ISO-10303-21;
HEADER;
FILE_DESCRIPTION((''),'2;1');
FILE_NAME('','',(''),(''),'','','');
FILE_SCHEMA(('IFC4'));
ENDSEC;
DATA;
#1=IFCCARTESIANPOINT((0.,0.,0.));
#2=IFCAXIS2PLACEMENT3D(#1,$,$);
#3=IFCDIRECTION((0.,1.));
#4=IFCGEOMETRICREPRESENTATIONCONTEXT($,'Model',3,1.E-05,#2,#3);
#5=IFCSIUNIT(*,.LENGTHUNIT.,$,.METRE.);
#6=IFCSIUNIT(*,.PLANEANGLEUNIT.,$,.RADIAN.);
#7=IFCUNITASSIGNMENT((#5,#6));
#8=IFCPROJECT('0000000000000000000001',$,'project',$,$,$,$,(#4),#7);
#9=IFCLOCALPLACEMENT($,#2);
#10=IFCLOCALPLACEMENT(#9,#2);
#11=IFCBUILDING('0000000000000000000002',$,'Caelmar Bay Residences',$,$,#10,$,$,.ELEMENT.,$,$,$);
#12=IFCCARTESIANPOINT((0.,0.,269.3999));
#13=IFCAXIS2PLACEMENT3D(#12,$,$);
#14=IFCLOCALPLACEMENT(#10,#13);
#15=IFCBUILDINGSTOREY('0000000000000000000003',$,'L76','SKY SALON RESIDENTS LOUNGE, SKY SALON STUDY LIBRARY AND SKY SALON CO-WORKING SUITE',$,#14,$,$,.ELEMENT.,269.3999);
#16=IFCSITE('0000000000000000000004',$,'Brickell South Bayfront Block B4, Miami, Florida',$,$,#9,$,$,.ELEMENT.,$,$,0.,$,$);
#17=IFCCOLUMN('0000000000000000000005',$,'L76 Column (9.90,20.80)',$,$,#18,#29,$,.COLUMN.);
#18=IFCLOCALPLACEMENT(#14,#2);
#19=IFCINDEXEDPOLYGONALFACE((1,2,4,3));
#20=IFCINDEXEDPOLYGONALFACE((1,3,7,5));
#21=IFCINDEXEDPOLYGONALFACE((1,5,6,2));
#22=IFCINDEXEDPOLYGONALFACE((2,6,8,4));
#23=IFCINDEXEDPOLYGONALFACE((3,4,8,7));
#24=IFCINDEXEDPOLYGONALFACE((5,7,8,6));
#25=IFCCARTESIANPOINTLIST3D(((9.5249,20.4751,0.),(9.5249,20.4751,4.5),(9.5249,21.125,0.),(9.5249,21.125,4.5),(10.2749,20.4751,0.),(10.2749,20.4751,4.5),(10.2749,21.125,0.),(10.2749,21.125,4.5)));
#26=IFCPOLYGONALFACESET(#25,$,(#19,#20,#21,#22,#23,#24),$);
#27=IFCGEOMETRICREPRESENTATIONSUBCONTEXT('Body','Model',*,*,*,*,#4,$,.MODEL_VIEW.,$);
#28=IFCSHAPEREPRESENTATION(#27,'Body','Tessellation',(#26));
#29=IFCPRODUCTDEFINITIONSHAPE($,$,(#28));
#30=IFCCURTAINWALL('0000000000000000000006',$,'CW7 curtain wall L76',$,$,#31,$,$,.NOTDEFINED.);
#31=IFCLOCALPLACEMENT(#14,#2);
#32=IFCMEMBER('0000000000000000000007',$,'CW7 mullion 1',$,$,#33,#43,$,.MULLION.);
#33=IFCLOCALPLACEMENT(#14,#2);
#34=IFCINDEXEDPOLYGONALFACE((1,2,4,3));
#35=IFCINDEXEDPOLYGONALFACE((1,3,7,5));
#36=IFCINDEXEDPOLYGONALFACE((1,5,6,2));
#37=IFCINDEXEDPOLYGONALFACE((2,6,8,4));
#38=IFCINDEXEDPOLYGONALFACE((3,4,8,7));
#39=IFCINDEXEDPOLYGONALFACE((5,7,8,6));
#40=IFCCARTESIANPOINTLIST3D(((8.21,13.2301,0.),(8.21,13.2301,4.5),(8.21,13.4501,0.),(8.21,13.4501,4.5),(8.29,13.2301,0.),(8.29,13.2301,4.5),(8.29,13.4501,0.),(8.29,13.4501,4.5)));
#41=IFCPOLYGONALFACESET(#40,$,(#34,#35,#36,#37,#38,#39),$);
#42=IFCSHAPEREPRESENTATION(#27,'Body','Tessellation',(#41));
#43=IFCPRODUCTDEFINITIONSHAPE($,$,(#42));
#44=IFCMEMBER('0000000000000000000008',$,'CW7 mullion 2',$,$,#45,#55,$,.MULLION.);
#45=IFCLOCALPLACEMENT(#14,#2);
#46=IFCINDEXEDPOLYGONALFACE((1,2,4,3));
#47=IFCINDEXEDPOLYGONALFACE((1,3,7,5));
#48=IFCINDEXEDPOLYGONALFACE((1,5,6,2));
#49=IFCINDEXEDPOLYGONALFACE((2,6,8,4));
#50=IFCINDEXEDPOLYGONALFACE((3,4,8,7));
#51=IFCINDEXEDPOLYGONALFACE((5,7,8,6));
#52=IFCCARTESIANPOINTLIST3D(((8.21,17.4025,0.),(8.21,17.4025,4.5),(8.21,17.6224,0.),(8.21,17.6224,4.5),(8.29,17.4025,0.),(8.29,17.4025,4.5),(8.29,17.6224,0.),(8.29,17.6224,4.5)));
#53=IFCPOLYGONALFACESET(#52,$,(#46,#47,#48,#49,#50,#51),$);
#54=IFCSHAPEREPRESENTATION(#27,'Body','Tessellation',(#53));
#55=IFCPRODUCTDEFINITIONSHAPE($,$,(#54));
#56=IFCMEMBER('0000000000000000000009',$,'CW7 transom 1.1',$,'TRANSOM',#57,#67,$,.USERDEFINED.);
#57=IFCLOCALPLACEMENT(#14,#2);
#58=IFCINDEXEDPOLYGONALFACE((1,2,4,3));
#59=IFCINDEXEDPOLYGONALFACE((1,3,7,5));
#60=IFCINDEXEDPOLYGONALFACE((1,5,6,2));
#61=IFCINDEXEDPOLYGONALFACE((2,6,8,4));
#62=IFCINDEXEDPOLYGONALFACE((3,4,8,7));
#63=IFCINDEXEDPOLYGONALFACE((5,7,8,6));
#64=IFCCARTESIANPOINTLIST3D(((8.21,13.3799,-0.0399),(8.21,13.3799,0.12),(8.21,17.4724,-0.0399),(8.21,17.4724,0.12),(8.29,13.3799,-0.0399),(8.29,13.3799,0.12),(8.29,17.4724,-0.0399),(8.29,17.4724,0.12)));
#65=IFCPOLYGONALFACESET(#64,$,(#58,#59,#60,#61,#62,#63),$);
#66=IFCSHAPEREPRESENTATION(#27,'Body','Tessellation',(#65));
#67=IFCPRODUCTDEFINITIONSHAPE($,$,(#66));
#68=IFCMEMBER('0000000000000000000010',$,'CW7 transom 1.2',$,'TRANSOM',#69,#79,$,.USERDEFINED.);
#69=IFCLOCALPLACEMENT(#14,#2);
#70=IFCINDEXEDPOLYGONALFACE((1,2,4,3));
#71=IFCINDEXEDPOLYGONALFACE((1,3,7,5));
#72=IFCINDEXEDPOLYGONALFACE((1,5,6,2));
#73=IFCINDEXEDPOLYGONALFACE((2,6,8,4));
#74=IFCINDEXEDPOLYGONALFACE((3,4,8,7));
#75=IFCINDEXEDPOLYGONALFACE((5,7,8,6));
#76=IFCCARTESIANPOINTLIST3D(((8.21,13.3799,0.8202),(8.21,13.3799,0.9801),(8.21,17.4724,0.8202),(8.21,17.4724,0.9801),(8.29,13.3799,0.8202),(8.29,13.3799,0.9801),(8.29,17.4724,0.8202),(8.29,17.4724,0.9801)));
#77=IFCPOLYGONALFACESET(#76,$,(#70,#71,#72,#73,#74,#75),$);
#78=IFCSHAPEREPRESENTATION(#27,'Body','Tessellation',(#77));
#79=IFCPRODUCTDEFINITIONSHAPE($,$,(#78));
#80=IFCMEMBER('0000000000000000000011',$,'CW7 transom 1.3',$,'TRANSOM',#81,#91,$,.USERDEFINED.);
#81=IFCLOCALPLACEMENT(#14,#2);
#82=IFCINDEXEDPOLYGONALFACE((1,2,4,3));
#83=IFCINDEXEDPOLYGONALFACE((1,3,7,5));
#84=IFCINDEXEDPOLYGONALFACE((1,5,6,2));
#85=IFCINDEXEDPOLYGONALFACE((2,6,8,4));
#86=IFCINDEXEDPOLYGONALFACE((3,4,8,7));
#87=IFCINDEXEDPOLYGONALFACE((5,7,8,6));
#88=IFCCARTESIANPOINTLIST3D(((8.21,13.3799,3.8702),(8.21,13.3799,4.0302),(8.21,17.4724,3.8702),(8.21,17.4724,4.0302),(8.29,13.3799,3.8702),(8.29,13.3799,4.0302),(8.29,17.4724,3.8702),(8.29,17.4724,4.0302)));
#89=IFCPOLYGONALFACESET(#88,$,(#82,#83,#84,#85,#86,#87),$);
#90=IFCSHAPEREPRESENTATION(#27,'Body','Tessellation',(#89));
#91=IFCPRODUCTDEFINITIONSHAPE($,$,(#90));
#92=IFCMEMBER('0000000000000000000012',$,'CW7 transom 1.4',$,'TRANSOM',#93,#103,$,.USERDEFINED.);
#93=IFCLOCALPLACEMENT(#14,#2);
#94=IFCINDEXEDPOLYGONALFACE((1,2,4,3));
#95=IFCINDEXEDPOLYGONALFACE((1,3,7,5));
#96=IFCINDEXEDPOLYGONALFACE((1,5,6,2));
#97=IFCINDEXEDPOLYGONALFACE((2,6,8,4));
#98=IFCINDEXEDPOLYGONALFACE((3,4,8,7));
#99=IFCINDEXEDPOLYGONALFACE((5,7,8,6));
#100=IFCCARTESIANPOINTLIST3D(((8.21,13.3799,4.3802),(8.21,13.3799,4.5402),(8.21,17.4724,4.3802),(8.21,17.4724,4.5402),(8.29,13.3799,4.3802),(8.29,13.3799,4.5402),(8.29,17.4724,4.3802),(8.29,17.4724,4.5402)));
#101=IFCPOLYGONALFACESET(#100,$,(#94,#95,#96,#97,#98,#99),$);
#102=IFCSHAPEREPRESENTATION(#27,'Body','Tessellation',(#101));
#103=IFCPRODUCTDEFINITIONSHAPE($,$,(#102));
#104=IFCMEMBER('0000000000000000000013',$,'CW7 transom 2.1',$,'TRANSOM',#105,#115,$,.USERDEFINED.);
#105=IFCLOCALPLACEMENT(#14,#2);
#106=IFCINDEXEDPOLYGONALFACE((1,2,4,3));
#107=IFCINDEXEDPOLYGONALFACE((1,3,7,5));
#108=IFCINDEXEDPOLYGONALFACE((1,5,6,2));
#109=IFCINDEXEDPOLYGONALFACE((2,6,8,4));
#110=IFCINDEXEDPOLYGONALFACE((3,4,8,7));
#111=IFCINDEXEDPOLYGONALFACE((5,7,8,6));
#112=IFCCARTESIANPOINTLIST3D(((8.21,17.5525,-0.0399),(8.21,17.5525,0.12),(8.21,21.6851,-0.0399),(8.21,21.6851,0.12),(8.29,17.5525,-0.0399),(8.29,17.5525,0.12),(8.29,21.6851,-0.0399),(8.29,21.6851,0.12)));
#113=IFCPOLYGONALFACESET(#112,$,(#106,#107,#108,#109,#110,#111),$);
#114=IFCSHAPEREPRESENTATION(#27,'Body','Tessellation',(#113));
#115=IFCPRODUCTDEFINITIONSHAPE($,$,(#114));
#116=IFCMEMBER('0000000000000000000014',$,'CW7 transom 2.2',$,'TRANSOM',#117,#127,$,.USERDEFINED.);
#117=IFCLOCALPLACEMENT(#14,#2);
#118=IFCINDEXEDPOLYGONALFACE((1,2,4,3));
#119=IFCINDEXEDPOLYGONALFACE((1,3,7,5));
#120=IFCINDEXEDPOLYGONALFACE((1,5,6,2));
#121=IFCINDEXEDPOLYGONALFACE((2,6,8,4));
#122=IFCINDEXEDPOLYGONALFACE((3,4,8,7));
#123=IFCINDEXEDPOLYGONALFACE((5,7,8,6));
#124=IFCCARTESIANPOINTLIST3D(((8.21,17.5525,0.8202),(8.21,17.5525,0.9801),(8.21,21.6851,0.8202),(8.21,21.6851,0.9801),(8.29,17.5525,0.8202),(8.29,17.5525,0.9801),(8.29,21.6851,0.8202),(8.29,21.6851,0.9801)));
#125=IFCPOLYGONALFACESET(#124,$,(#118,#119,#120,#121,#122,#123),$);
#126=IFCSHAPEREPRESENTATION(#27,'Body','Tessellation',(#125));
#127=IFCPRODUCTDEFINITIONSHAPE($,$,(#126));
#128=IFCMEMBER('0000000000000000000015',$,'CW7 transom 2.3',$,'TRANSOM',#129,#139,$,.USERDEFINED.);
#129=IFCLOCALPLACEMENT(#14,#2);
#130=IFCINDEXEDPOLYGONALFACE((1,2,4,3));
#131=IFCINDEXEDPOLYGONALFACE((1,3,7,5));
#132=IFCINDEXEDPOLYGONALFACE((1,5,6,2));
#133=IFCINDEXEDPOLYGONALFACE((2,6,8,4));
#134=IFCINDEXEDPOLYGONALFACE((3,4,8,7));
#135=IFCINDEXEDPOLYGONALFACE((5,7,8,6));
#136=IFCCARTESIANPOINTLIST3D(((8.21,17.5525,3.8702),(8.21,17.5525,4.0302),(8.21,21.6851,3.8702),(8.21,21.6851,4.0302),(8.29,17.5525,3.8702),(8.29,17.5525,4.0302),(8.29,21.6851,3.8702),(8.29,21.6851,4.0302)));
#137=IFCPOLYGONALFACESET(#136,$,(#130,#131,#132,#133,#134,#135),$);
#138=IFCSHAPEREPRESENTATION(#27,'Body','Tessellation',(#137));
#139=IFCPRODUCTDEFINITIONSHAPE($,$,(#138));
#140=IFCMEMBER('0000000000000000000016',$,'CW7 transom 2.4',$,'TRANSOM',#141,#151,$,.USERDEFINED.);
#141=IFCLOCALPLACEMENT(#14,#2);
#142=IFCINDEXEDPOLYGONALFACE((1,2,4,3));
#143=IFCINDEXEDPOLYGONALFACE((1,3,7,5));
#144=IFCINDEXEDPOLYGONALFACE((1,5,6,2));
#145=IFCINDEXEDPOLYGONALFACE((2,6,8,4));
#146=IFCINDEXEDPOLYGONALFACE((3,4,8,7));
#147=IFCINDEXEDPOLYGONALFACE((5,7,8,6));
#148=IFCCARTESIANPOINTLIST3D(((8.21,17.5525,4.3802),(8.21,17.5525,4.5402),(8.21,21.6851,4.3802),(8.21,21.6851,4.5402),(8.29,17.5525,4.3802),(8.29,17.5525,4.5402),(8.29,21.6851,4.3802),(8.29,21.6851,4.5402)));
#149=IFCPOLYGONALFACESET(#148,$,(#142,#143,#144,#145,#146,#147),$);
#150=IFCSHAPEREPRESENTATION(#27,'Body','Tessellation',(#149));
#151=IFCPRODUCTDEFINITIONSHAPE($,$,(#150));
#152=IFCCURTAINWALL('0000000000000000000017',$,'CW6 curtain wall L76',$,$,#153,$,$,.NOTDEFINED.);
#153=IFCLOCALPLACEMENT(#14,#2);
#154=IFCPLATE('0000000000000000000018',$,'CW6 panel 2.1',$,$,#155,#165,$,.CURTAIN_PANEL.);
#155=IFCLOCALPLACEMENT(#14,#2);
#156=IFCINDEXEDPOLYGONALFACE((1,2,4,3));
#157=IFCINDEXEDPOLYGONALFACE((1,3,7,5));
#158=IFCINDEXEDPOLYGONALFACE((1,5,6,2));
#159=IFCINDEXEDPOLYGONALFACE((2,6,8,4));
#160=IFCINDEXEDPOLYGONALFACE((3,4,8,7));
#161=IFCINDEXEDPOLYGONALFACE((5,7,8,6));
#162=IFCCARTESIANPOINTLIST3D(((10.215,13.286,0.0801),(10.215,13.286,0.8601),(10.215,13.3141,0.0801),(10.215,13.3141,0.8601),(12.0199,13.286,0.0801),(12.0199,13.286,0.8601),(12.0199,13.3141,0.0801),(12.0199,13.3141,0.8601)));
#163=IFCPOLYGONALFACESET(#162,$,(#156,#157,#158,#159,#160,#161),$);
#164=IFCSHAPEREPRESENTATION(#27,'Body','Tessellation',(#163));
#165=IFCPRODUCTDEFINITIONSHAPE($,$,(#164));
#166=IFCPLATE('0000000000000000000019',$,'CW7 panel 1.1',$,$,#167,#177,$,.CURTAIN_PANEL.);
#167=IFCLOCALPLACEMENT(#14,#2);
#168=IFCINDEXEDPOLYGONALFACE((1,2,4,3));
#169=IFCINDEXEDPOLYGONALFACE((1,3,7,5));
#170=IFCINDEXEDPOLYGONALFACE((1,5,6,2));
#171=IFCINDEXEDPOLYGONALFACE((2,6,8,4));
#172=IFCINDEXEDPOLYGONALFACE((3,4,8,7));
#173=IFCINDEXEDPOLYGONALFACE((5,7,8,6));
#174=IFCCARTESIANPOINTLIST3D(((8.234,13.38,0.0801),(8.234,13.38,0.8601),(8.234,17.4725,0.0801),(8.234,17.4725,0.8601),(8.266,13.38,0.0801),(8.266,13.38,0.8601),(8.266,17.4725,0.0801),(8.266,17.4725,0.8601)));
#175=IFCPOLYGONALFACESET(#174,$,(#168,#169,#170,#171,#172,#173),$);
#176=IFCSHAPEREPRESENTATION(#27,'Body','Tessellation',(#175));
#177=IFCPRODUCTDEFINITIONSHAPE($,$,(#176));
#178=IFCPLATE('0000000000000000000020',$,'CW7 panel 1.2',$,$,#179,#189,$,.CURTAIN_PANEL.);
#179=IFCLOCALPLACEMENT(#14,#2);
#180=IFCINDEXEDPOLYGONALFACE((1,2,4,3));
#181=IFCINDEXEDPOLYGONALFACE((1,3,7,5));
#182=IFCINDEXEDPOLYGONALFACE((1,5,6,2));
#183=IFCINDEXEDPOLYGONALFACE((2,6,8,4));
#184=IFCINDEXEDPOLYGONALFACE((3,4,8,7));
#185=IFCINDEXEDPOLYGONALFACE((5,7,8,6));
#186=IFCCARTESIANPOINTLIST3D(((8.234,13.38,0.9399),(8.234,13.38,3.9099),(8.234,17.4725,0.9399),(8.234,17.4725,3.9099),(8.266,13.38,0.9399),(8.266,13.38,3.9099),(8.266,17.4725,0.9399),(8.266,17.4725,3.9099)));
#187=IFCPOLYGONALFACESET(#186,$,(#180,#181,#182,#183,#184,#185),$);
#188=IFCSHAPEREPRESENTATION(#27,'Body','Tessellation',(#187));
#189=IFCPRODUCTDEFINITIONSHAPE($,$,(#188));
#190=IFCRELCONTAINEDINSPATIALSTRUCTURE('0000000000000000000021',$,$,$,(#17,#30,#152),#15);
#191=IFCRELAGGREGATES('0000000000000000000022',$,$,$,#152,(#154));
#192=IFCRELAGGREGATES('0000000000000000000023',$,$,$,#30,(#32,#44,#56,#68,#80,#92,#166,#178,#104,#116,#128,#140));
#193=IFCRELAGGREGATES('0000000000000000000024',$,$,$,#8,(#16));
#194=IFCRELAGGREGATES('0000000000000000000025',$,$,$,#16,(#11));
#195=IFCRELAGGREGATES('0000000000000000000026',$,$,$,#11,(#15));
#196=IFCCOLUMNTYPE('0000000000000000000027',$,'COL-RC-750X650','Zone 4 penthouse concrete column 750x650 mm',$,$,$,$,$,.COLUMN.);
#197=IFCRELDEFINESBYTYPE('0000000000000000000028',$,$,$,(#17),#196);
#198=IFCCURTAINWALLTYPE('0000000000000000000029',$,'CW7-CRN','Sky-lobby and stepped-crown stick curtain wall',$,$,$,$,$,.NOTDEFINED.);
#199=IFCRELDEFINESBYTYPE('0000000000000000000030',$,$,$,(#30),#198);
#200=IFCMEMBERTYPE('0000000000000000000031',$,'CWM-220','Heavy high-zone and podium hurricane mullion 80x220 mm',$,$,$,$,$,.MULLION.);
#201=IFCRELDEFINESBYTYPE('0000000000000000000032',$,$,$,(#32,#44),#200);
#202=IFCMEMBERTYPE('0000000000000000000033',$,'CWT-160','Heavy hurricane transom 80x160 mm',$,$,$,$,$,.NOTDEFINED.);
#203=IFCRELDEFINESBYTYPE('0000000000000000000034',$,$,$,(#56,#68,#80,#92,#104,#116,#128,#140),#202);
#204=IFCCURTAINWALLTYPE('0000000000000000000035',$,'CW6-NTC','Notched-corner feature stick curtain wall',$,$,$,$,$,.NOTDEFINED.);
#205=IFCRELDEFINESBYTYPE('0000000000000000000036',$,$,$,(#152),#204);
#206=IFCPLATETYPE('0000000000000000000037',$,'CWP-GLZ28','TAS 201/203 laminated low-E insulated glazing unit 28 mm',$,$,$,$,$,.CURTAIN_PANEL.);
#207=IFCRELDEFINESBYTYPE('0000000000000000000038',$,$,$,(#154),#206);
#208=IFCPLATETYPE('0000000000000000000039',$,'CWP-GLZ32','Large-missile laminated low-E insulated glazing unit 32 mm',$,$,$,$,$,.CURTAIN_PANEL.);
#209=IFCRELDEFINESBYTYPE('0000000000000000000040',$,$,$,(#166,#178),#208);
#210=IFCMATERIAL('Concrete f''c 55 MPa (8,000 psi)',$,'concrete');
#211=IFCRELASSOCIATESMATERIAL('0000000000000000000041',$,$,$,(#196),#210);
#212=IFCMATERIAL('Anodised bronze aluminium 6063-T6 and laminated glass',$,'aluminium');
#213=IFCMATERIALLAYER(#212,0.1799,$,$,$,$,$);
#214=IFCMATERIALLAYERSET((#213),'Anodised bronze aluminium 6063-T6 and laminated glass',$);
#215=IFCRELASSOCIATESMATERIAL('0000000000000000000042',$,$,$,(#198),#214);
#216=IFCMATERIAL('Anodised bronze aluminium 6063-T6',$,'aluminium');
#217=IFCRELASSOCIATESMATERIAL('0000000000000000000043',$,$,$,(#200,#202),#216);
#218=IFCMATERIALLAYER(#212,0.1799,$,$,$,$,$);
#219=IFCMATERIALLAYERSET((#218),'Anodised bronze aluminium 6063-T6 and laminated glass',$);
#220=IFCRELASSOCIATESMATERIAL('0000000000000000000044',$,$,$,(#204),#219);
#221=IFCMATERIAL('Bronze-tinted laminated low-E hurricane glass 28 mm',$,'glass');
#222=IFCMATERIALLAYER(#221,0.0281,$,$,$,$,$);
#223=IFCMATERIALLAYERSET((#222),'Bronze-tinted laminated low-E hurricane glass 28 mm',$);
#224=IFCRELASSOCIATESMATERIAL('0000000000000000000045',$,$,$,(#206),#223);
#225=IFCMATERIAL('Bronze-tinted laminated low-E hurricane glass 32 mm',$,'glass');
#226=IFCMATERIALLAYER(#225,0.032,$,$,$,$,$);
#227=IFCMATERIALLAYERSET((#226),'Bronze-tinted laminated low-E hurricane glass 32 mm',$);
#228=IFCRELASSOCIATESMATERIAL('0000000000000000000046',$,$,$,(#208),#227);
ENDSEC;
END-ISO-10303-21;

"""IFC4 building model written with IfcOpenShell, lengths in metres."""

from ifc_helpers import new_model, si_unit, direction, frame, origin, origin_2d, place, context, subcontext, project, spatial, rectangle, extrude, material, layer, layer_set, material_profile, profile_set, type_object, element, aggregate, save


model = new_model("IFC4")

# Units and contexts
model_context = context("Model", 3, precision=1e-05, world=origin(), true_north=direction((0.0, 1.0)))
body_context = subcontext(model_context, "Body", "Model", "MODEL_VIEW")
ifc_project = project(units=[si_unit("LENGTHUNIT", "METRE"), si_unit("PLANEANGLEUNIT", "RADIAN")], contexts=[model_context])

# Site, building, storey
site_placement = place(None, origin())
site = spatial("IfcSite", under=ifc_project, at=site_placement, Name="Brickell South Bayfront Block B4, Miami, Florida", CompositionType="ELEMENT", RefElevation=0.0)
building_placement = place(site_placement, origin())
building = spatial("IfcBuilding", under=site, at=building_placement, Name="Caelmar Bay Residences", CompositionType="ELEMENT")
storey_placement = place(building_placement, frame((0.0, 0.0, 269.3999)))
storey = spatial("IfcBuildingStorey", under=building, at=storey_placement, Name="L76", Description="SKY SALON RESIDENTS LOUNGE, SKY SALON STUDY LIBRARY AND SKY SALON CO-WORKING SUITE", CompositionType="ELEMENT", Elevation=269.3999)

# Column
ifc_material_1 = material(Name="Concrete f'c 55 MPa (8,000 psi)", Category="concrete")
ifc_material_profile_1 = material_profile(ifc_material_1, rectangle(XDim=0.75, YDim=0.6499, at=origin_2d()), Name="RC-COL-750X650")
ifc_profile_set_1 = profile_set([ifc_material_profile_1], Name="Concrete f'c 55 MPa (8,000 psi)")
column_type = type_object("IfcColumnType", Name="COL-RC-750X650", Description="Zone 4 penthouse concrete column 750x650 mm", PredefinedType="COLUMN", material=ifc_profile_set_1)
column_placement = place(storey_placement, frame((9.8999, 20.8, 0.0), z_axis=(0.0, 0.0, 1.0), x_axis=(1.0, 0.0, 0.0)))
element("IfcColumn", 1, at=column_placement, inside=storey, type_object=column_type, Name="L76 Column (9.90,20.80)", PredefinedType="COLUMN", context=body_context, shape_type="SweptSolid", body=[
    extrude(rectangle(XDim=0.75, YDim=0.6499, at=origin_2d()), origin(), (0.0, 0.0, 1.0), 4.5),
])

# Curtain wall, members
ifc_material_2 = material(Name="Anodised bronze aluminium 6063-T6 and laminated glass", Category="aluminium")
ifc_layer_1 = layer(ifc_material_2, 0.1799)
ifc_layer_set_1 = layer_set([ifc_layer_1], Name="Anodised bronze aluminium 6063-T6 and laminated glass")
curtain_wall_type_1 = type_object("IfcCurtainWallType", Name="CW7-CRN", Description="Sky-lobby and stepped-crown stick curtain wall", PredefinedType="NOTDEFINED", material=ifc_layer_set_1)
curtain_wall_1_placement = place(storey_placement, origin())
curtain_wall_1 = element("IfcCurtainWall", 2, at=curtain_wall_1_placement, inside=storey, type_object=curtain_wall_type_1, Name="CW7 curtain wall L76", PredefinedType="NOTDEFINED")
ifc_material_3 = material(Name="Anodised bronze aluminium 6063-T6", Category="aluminium")
ifc_material_profile_2 = material_profile(ifc_material_3, rectangle(XDim=0.0801, YDim=0.22, at=origin_2d()), Name="CWM-80X220")
ifc_profile_set_2 = profile_set([ifc_material_profile_2], Name="Anodised bronze aluminium 6063-T6")
member_type_1 = type_object("IfcMemberType", Name="CWM-220", Description="Heavy high-zone and podium hurricane mullion 80x220 mm", PredefinedType="MULLION", material=ifc_profile_set_2)
member_1_placement = place(storey_placement, frame((8.25, 13.3401, 0.0), z_axis=(0.0, 0.0, 1.0), x_axis=(-1.0, 0.0, 0.0)))
member_1 = element("IfcMember", 3, at=member_1_placement, type_object=member_type_1, Name="CW7 mullion 1", PredefinedType="MULLION", context=body_context, shape_type="SweptSolid", body=[
    extrude(rectangle(XDim=0.0801, YDim=0.22, at=origin_2d()), origin(), (0.0, 0.0, 1.0), 4.5),
])
member_2_placement = place(storey_placement, frame((8.25, 17.5125, 0.0), z_axis=(0.0, 0.0, 1.0), x_axis=(-1.0, 0.0, 0.0)))
member_2 = element("IfcMember", 4, at=member_2_placement, type_object=member_type_1, Name="CW7 mullion 2", PredefinedType="MULLION", context=body_context, shape_type="SweptSolid", body=[
    extrude(rectangle(XDim=0.0801, YDim=0.22, at=origin_2d()), origin(), (0.0, 0.0, 1.0), 4.5),
])
ifc_material_profile_3 = material_profile(ifc_material_3, rectangle(XDim=0.0801, YDim=0.1599, at=origin_2d()), Name="CWT-80X160")
ifc_profile_set_3 = profile_set([ifc_material_profile_3], Name="Anodised bronze aluminium 6063-T6")
member_type_2 = type_object("IfcMemberType", Name="CWT-160", Description="Heavy hurricane transom 80x160 mm", PredefinedType="NOTDEFINED", material=ifc_profile_set_3)
member_3_placement = place(storey_placement, frame((8.25, 13.3799, 0.04), z_axis=(0.0, 1.0, 0.0), x_axis=(-1.0, 0.0, 0.0)))
member_3 = element("IfcMember", 5, at=member_3_placement, type_object=member_type_2, Name="CW7 transom 1.1", ObjectType="TRANSOM", PredefinedType="USERDEFINED", context=body_context, shape_type="SweptSolid", body=[
    extrude(rectangle(XDim=0.0801, YDim=0.1599, at=origin_2d()), origin(), (0.0, 0.0, 1.0), 4.0925),
])
member_4_placement = place(storey_placement, frame((8.25, 13.3799, 0.9001), z_axis=(0.0, 1.0, 0.0), x_axis=(-1.0, 0.0, 0.0)))
member_4 = element("IfcMember", 6, at=member_4_placement, type_object=member_type_2, Name="CW7 transom 1.2", ObjectType="TRANSOM", PredefinedType="USERDEFINED", context=body_context, shape_type="SweptSolid", body=[
    extrude(rectangle(XDim=0.0801, YDim=0.1599, at=origin_2d()), origin(), (0.0, 0.0, 1.0), 4.0925),
])
member_5_placement = place(storey_placement, frame((8.25, 13.3799, 3.9502), z_axis=(0.0, 1.0, 0.0), x_axis=(-1.0, 0.0, 0.0)))
member_5 = element("IfcMember", 7, at=member_5_placement, type_object=member_type_2, Name="CW7 transom 1.3", ObjectType="TRANSOM", PredefinedType="USERDEFINED", context=body_context, shape_type="SweptSolid", body=[
    extrude(rectangle(XDim=0.0801, YDim=0.1599, at=origin_2d()), origin(), (0.0, 0.0, 1.0), 4.0925),
])
member_6_placement = place(storey_placement, frame((8.25, 13.3799, 4.4602), z_axis=(0.0, 1.0, 0.0), x_axis=(-1.0, 0.0, 0.0)))
member_6 = element("IfcMember", 8, at=member_6_placement, type_object=member_type_2, Name="CW7 transom 1.4", ObjectType="TRANSOM", PredefinedType="USERDEFINED", context=body_context, shape_type="SweptSolid", body=[
    extrude(rectangle(XDim=0.0801, YDim=0.1599, at=origin_2d()), origin(), (0.0, 0.0, 1.0), 4.0925),
])
member_7_placement = place(storey_placement, frame((8.25, 17.5525, 0.04), z_axis=(0.0, 1.0, 0.0), x_axis=(-1.0, 0.0, 0.0)))
member_7 = element("IfcMember", 9, at=member_7_placement, type_object=member_type_2, Name="CW7 transom 2.1", ObjectType="TRANSOM", PredefinedType="USERDEFINED", context=body_context, shape_type="SweptSolid", body=[
    extrude(rectangle(XDim=0.0801, YDim=0.1599, at=origin_2d()), origin(), (0.0, 0.0, 1.0), 4.1326),
])
member_8_placement = place(storey_placement, frame((8.25, 17.5525, 0.9001), z_axis=(0.0, 1.0, 0.0), x_axis=(-1.0, 0.0, 0.0)))
member_8 = element("IfcMember", 10, at=member_8_placement, type_object=member_type_2, Name="CW7 transom 2.2", ObjectType="TRANSOM", PredefinedType="USERDEFINED", context=body_context, shape_type="SweptSolid", body=[
    extrude(rectangle(XDim=0.0801, YDim=0.1599, at=origin_2d()), origin(), (0.0, 0.0, 1.0), 4.1326),
])
member_9_placement = place(storey_placement, frame((8.25, 17.5525, 3.9502), z_axis=(0.0, 1.0, 0.0), x_axis=(-1.0, 0.0, 0.0)))
member_9 = element("IfcMember", 11, at=member_9_placement, type_object=member_type_2, Name="CW7 transom 2.3", ObjectType="TRANSOM", PredefinedType="USERDEFINED", context=body_context, shape_type="SweptSolid", body=[
    extrude(rectangle(XDim=0.0801, YDim=0.1599, at=origin_2d()), origin(), (0.0, 0.0, 1.0), 4.1326),
])
member_10_placement = place(storey_placement, frame((8.25, 17.5525, 4.4602), z_axis=(0.0, 1.0, 0.0), x_axis=(-1.0, 0.0, 0.0)))
member_10 = element("IfcMember", 12, at=member_10_placement, type_object=member_type_2, Name="CW7 transom 2.4", ObjectType="TRANSOM", PredefinedType="USERDEFINED", context=body_context, shape_type="SweptSolid", body=[
    extrude(rectangle(XDim=0.0801, YDim=0.1599, at=origin_2d()), origin(), (0.0, 0.0, 1.0), 4.1326),
])

# Curtain wall, plate
ifc_layer_2 = layer(ifc_material_2, 0.1799)
ifc_layer_set_2 = layer_set([ifc_layer_2], Name="Anodised bronze aluminium 6063-T6 and laminated glass")
curtain_wall_type_2 = type_object("IfcCurtainWallType", Name="CW6-NTC", Description="Notched-corner feature stick curtain wall", PredefinedType="NOTDEFINED", material=ifc_layer_set_2)
curtain_wall_2_placement = place(storey_placement, origin())
curtain_wall_2 = element("IfcCurtainWall", 13, at=curtain_wall_2_placement, inside=storey, type_object=curtain_wall_type_2, Name="CW6 curtain wall L76", PredefinedType="NOTDEFINED")
ifc_material_4 = material(Name="Bronze-tinted laminated low-E hurricane glass 28 mm", Category="glass")
ifc_layer_3 = layer(ifc_material_4, 0.0281)
ifc_layer_set_3 = layer_set([ifc_layer_3], Name="Bronze-tinted laminated low-E hurricane glass 28 mm")
plate_type_1 = type_object("IfcPlateType", Name="CWP-GLZ28", Description="TAS 201/203 laminated low-E insulated glazing unit 28 mm", PredefinedType="CURTAIN_PANEL", material=ifc_layer_set_3)
plate_1_placement = place(storey_placement, frame((11.1174, 13.3, 0.0801), z_axis=(0.0, 0.0, 1.0), x_axis=(1.0, 0.0, 0.0)))
plate_1 = element("IfcPlate", 14, at=plate_1_placement, type_object=plate_type_1, Name="CW6 panel 2.1", PredefinedType="CURTAIN_PANEL", context=body_context, shape_type="SweptSolid", body=[
    extrude(rectangle(XDim=1.8049, YDim=0.0281, at=origin_2d()), origin(), (0.0, 0.0, 1.0), 0.78),
])
aggregate(curtain_wall_2, [plate_1])

# Plates
ifc_material_5 = material(Name="Bronze-tinted laminated low-E hurricane glass 32 mm", Category="glass")
ifc_layer_4 = layer(ifc_material_5, 0.032)
ifc_layer_set_4 = layer_set([ifc_layer_4], Name="Bronze-tinted laminated low-E hurricane glass 32 mm")
plate_type_2 = type_object("IfcPlateType", Name="CWP-GLZ32", Description="Large-missile laminated low-E insulated glazing unit 32 mm", PredefinedType="CURTAIN_PANEL", material=ifc_layer_set_4)
plate_2_placement = place(storey_placement, frame((8.25, 15.4263, 0.0801), z_axis=(0.0, 0.0, 1.0), x_axis=(0.0, 1.0, 0.0)))
plate_2 = element("IfcPlate", 15, at=plate_2_placement, type_object=plate_type_2, Name="CW7 panel 1.1", PredefinedType="CURTAIN_PANEL", context=body_context, shape_type="SweptSolid", body=[
    extrude(rectangle(XDim=4.0925, YDim=0.032, at=origin_2d()), origin(), (0.0, 0.0, 1.0), 0.78),
])
plate_3_placement = place(storey_placement, frame((8.25, 15.4263, 0.9399), z_axis=(0.0, 0.0, 1.0), x_axis=(0.0, 1.0, 0.0)))
plate_3 = element("IfcPlate", 16, at=plate_3_placement, type_object=plate_type_2, Name="CW7 panel 1.2", PredefinedType="CURTAIN_PANEL", context=body_context, shape_type="SweptSolid", body=[
    extrude(rectangle(XDim=4.0925, YDim=0.032, at=origin_2d()), origin(), (0.0, 0.0, 1.0), 2.97),
])
aggregate(curtain_wall_1, [member_1, member_2, member_3, member_4, member_5, member_6, plate_2, plate_3, member_7, member_8, member_9, member_10])

save(model, "model.ifc")
